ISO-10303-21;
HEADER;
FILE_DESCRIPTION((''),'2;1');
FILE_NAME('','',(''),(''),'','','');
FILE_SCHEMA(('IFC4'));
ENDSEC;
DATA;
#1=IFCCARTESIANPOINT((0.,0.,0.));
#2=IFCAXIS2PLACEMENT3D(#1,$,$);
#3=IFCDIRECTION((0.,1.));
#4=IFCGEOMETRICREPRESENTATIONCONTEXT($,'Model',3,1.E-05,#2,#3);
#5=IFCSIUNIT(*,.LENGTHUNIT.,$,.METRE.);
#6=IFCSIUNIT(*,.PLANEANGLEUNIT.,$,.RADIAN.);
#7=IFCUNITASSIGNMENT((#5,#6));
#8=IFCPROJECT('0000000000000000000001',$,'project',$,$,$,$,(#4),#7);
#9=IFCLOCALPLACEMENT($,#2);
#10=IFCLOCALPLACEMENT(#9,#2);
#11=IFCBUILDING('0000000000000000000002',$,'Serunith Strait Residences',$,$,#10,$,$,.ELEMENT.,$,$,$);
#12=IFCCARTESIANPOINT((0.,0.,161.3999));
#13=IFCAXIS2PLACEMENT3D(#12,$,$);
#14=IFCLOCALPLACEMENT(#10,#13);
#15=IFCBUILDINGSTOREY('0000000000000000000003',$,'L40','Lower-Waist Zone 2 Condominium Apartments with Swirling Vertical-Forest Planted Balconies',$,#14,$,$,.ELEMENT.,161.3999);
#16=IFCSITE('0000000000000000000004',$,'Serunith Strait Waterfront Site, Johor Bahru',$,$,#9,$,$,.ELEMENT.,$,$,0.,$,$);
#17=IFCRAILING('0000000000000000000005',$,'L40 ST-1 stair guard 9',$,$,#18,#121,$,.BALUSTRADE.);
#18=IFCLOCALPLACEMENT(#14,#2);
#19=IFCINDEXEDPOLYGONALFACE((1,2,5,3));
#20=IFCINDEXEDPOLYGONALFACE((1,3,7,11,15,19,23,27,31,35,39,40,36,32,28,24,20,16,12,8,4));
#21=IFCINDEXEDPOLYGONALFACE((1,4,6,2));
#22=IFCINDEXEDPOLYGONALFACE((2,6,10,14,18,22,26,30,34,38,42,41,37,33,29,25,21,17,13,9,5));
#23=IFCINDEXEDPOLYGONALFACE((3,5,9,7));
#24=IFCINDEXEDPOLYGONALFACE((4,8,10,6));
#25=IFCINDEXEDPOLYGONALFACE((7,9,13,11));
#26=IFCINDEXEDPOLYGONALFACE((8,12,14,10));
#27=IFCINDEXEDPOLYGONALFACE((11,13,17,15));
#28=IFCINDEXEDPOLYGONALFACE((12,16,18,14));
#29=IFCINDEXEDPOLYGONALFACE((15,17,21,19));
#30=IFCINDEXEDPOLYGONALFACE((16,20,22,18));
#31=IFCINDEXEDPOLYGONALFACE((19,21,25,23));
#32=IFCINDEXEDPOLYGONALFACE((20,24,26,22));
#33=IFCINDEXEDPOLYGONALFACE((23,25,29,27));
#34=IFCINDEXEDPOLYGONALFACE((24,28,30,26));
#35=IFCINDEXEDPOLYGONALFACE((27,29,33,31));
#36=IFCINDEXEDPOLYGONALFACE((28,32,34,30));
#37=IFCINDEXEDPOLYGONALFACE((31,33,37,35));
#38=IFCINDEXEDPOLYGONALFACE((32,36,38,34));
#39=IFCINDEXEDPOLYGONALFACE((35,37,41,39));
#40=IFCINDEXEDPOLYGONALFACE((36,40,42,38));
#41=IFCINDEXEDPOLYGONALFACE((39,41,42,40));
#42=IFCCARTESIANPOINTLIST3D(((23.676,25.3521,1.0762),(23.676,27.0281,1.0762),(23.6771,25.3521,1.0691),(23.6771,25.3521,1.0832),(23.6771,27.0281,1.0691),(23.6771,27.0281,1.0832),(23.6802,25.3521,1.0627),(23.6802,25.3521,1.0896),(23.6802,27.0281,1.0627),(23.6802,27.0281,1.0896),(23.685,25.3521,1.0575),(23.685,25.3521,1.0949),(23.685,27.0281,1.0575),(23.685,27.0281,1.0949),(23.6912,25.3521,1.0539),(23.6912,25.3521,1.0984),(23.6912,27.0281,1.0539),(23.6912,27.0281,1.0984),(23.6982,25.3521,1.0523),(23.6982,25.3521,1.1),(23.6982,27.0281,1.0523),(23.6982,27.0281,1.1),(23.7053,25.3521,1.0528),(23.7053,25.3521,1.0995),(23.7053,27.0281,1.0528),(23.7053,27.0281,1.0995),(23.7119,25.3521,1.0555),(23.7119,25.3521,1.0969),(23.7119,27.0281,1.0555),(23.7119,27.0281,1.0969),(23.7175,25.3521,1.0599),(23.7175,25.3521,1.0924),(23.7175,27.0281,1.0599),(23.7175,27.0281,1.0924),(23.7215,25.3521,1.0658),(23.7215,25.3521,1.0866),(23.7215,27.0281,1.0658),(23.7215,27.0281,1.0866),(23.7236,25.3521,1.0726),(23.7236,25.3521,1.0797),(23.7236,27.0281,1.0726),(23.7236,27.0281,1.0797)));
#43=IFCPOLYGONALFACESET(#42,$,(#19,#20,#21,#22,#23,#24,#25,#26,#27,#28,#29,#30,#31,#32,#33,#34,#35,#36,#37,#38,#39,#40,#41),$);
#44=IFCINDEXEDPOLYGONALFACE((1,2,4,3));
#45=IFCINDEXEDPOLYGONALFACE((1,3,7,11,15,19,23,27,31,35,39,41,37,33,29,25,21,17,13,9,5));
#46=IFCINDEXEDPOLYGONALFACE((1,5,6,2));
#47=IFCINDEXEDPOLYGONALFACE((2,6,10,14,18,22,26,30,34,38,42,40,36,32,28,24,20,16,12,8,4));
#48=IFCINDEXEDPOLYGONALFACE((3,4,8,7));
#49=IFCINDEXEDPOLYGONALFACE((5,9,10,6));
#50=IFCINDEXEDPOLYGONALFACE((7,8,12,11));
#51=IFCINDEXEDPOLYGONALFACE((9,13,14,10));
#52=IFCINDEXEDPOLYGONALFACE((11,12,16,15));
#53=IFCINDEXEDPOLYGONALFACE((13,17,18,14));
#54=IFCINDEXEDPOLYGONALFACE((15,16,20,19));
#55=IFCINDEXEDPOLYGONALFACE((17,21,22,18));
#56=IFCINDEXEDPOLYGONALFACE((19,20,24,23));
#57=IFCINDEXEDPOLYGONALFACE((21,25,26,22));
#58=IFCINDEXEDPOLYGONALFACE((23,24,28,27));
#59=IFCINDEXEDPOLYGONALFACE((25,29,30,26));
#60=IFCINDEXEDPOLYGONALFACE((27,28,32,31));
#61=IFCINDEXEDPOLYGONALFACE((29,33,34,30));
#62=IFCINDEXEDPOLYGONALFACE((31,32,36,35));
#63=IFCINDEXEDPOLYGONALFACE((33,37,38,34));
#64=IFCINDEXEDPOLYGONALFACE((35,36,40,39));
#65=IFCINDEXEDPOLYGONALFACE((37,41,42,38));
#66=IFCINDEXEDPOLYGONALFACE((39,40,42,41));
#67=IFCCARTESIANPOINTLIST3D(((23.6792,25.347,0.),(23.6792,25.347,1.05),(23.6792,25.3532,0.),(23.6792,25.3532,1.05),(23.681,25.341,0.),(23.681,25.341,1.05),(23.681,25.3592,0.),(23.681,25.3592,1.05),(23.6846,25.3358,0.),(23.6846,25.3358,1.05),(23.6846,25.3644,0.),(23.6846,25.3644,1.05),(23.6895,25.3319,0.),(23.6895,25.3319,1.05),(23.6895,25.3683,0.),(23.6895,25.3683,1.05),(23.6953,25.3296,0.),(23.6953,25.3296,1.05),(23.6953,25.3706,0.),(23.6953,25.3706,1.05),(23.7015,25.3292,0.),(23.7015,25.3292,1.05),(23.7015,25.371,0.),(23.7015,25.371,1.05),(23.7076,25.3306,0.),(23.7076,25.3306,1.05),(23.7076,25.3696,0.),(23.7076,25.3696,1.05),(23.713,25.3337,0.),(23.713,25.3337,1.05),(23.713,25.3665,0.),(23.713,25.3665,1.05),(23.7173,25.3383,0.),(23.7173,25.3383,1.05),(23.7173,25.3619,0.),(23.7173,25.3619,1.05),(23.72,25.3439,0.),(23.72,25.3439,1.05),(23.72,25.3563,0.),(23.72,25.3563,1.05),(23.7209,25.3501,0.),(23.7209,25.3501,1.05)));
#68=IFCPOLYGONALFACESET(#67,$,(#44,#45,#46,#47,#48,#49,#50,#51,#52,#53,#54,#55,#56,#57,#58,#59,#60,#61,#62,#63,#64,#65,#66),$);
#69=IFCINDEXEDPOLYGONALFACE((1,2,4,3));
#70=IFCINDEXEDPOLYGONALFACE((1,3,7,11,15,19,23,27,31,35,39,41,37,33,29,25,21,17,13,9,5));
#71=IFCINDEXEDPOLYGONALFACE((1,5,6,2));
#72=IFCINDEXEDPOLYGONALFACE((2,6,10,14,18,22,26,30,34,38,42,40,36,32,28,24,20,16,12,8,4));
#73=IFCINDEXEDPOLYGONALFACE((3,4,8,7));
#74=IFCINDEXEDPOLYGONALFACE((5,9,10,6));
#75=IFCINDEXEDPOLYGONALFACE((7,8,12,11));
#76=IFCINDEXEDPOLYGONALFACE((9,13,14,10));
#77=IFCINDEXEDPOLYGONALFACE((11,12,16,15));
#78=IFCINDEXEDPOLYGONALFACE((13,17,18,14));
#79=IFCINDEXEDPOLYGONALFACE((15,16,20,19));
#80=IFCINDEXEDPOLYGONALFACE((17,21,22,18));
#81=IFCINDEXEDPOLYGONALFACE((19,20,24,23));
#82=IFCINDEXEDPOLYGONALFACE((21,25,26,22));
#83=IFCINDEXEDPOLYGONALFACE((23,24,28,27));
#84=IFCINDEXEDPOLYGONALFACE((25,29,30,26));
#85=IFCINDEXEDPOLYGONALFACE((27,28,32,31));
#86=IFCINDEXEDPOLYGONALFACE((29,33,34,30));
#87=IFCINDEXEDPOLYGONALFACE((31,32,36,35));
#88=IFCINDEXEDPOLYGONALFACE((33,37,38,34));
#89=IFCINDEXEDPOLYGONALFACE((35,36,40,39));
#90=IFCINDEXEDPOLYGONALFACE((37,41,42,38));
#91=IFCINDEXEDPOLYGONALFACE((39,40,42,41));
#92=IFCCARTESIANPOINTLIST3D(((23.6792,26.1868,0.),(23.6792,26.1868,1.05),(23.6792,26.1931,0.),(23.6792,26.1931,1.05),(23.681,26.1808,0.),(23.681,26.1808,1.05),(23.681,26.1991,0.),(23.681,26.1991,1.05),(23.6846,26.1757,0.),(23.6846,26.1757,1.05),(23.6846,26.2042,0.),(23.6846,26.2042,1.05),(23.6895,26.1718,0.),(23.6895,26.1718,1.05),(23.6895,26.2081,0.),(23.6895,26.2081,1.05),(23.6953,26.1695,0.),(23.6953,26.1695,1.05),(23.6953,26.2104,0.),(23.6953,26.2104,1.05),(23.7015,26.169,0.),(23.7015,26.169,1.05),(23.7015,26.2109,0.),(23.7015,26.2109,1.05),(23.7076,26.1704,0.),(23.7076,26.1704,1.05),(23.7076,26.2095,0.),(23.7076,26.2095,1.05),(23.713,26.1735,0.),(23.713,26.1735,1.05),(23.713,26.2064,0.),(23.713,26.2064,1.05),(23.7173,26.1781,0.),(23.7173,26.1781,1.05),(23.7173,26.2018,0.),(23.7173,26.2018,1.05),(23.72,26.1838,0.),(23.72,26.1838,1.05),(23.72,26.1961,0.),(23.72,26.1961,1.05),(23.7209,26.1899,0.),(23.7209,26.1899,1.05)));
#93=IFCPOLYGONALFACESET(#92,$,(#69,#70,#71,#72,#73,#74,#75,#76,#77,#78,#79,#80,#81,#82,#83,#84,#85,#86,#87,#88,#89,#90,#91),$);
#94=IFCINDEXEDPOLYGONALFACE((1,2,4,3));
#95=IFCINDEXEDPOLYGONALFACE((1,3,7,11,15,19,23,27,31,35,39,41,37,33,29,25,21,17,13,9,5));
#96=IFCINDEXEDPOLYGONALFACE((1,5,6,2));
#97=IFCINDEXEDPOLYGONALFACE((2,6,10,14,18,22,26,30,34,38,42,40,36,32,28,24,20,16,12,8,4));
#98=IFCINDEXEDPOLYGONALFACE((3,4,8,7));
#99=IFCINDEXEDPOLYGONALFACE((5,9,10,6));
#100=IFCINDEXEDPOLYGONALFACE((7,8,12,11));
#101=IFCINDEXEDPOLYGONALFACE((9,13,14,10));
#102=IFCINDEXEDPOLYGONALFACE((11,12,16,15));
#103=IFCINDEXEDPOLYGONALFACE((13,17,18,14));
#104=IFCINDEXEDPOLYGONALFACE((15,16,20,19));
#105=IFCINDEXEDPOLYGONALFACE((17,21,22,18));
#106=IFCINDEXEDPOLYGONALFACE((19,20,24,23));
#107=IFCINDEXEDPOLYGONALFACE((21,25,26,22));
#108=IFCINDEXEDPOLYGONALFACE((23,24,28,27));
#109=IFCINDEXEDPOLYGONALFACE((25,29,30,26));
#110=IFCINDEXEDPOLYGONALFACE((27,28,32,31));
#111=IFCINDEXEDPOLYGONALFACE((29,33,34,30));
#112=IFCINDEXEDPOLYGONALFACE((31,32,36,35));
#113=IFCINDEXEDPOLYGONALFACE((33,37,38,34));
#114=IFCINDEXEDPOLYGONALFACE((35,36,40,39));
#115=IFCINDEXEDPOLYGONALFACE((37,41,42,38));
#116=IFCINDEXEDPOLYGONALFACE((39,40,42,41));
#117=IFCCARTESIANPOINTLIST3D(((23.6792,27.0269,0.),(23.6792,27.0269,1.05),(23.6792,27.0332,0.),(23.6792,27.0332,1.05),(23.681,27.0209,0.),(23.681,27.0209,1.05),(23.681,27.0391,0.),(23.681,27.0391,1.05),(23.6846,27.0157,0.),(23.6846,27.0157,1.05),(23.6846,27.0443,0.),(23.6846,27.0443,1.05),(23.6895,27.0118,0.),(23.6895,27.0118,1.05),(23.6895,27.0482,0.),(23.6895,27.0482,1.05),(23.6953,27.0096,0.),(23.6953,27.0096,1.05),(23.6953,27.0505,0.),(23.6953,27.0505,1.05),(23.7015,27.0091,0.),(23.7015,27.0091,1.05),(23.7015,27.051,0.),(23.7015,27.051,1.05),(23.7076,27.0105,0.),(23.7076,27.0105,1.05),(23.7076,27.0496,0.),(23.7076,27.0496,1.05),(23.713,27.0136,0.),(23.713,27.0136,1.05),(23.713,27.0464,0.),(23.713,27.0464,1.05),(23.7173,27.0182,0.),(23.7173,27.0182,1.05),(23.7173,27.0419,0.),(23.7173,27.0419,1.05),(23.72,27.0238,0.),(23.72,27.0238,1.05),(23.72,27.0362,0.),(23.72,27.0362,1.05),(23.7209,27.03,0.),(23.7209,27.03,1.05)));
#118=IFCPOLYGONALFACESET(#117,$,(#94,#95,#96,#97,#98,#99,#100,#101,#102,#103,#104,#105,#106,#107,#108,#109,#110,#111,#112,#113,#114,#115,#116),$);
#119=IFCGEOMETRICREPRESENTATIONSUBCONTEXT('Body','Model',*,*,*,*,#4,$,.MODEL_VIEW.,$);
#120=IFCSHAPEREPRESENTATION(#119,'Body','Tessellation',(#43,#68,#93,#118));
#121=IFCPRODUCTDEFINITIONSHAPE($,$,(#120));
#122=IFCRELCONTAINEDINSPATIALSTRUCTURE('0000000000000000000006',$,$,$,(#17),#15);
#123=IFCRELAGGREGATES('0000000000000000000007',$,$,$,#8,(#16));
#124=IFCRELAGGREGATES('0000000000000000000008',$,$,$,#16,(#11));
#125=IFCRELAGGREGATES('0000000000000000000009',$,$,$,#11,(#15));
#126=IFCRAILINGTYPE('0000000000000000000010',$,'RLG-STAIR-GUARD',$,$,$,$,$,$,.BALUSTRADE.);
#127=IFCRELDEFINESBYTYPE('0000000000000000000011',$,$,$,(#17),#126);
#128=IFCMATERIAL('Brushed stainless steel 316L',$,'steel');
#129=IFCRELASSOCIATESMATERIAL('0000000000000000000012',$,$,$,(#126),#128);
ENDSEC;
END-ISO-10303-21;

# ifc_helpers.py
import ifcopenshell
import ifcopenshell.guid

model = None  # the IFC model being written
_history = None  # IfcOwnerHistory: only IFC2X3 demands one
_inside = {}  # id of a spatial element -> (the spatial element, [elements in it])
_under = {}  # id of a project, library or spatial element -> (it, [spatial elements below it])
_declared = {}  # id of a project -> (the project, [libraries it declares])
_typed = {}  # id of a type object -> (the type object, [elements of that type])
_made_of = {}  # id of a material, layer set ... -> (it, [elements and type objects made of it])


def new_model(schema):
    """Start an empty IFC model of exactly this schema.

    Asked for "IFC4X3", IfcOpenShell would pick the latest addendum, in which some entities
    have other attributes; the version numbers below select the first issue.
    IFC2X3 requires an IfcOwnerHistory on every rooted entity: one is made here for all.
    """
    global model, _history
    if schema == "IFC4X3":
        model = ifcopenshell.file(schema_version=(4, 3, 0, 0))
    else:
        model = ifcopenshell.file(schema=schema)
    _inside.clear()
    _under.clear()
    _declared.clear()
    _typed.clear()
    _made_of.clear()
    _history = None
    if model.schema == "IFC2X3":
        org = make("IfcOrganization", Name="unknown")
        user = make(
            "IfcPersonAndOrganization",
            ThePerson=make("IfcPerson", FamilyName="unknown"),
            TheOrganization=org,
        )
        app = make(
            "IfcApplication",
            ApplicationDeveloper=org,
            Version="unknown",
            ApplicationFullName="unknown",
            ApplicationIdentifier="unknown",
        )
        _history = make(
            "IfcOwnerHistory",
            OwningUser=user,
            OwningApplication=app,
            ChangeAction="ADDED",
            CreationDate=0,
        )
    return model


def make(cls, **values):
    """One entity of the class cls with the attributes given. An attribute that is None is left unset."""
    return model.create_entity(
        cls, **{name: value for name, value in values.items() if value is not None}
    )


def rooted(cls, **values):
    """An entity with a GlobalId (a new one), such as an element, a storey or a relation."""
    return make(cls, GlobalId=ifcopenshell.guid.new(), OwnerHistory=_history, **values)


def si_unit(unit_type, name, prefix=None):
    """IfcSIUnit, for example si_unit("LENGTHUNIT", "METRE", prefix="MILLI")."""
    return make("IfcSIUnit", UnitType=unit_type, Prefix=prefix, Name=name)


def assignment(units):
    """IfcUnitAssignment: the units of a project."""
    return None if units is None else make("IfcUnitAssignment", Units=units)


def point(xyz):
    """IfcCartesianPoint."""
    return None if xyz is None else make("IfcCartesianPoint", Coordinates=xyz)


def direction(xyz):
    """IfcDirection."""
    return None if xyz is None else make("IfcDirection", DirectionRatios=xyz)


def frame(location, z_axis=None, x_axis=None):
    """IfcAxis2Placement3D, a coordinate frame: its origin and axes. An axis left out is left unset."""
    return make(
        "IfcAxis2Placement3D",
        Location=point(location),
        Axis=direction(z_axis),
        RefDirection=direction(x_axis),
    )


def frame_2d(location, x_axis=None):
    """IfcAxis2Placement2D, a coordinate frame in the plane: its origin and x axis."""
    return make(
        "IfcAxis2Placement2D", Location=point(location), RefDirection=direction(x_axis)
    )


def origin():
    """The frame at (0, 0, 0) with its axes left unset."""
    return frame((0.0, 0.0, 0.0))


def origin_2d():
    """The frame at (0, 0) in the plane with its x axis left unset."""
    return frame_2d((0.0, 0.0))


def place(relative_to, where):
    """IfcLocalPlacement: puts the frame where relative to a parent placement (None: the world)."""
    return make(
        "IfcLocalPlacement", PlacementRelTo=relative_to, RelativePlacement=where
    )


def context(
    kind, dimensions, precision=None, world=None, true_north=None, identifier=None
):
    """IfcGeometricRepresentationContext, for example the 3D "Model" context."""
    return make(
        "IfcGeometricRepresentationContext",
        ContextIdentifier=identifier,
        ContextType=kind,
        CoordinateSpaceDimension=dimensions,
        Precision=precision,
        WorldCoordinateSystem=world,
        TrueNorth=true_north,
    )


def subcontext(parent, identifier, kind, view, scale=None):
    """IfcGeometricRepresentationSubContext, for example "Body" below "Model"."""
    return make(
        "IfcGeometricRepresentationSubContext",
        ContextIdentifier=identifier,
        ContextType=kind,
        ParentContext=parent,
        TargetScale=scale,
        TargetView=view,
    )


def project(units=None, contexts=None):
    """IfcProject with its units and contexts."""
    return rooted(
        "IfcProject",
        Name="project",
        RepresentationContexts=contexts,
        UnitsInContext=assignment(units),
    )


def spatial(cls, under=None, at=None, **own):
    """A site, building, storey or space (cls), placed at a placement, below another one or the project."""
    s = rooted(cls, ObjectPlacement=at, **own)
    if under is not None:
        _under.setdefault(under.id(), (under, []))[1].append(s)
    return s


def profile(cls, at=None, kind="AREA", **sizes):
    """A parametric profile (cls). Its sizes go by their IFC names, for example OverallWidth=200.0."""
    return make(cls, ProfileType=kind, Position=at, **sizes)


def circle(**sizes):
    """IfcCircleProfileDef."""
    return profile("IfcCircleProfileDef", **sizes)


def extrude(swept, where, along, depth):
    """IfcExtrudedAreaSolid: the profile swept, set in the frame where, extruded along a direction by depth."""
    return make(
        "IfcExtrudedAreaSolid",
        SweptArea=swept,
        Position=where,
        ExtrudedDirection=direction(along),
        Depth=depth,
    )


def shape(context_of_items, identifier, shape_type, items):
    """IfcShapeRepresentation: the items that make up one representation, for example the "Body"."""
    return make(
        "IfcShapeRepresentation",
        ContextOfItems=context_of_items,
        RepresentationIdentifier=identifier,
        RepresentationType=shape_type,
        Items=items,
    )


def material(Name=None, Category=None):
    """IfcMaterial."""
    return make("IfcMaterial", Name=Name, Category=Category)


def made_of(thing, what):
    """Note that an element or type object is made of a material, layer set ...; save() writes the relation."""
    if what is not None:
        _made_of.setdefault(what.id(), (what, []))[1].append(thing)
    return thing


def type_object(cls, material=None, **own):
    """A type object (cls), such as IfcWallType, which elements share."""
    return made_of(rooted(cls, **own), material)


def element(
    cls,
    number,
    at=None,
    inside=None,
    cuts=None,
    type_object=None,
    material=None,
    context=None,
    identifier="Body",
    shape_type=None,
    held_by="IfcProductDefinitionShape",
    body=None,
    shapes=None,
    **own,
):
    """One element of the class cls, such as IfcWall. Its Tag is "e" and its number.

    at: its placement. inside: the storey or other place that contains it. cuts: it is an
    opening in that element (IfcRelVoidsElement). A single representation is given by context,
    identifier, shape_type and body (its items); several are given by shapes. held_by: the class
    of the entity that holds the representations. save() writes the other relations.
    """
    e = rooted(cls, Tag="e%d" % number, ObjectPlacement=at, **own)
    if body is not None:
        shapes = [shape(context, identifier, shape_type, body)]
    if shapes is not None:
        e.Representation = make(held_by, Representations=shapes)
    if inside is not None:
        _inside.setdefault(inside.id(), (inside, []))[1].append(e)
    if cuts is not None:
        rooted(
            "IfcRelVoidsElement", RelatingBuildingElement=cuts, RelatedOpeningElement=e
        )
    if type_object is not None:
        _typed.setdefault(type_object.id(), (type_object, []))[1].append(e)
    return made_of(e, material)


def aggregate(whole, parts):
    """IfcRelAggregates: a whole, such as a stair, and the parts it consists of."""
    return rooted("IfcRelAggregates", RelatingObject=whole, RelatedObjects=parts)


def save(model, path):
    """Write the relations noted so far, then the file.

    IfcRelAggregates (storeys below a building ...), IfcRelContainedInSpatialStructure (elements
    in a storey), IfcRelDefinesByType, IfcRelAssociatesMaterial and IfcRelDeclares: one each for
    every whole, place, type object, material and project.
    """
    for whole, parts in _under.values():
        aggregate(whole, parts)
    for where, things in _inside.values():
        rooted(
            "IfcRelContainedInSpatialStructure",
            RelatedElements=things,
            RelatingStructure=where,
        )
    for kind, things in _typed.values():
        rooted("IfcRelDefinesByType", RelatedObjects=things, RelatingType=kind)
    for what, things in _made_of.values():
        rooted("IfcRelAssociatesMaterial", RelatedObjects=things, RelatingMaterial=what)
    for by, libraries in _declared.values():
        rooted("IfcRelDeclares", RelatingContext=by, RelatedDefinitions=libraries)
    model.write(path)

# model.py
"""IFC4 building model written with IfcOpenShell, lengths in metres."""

from ifc_helpers import new_model, si_unit, direction, frame, origin, origin_2d, place, context, subcontext, project, spatial, circle, extrude, material, type_object, element, save


model = new_model("IFC4")

# Units and contexts
model_context = context("Model", 3, precision=1e-05, world=origin(), true_north=direction((0.0, 1.0)))
body_context = subcontext(model_context, "Body", "Model", "MODEL_VIEW")
ifc_project = project(units=[si_unit("LENGTHUNIT", "METRE"), si_unit("PLANEANGLEUNIT", "RADIAN")], contexts=[model_context])

# Site, building, storey
site_placement = place(None, origin())
site = spatial("IfcSite", under=ifc_project, at=site_placement, Name="Serunith Strait Waterfront Site, Johor Bahru", CompositionType="ELEMENT", RefElevation=0.0)
building_placement = place(site_placement, origin())
building = spatial("IfcBuilding", under=site, at=building_placement, Name="Serunith Strait Residences", CompositionType="ELEMENT")
storey_placement = place(building_placement, frame((0.0, 0.0, 161.3999)))
storey = spatial("IfcBuildingStorey", under=building, at=storey_placement, Name="L40", Description="Lower-Waist Zone 2 Condominium Apartments with Swirling Vertical-Forest Planted Balconies", CompositionType="ELEMENT", Elevation=161.3999)

# Railing
ifc_material_1 = material(Name="Brushed stainless steel 316L", Category="steel")
railing_type_1 = type_object("IfcRailingType", Name="RLG-STAIR-GUARD", PredefinedType="BALUSTRADE", material=ifc_material_1)
for number, where, name in (
    (1, (23.7, 25.3501, 0.0), "L40 ST-1 stair guard 9"),
):
    element("IfcRailing", number, at=place(storey_placement, frame(where)), inside=storey, type_object=railing_type_1, Name=name, PredefinedType="BALUSTRADE", context=body_context, shape_type="SweptSolid", body=[
        extrude(circle(Radius=0.0239, at=origin_2d()), frame((0.0, 0.002, 1.0762), z_axis=(0.0, 1.0, 0.0), x_axis=(-1.0, 0.0, 0.0)), (0.0, 0.0, 1.0), 1.676),
        extrude(circle(Radius=0.021, at=origin_2d()), origin(), (0.0, 0.0, 1.0), 1.05),
        extrude(circle(Radius=0.021, at=origin_2d()), frame((0.0, 0.8398, 0.0)), (0.0, 0.0, 1.0), 1.05),
        extrude(circle(Radius=0.021, at=origin_2d()), frame((0.0, 1.6799, 0.0)), (0.0, 0.0, 1.0), 1.05),
    ])

save(model, "model.ifc")
